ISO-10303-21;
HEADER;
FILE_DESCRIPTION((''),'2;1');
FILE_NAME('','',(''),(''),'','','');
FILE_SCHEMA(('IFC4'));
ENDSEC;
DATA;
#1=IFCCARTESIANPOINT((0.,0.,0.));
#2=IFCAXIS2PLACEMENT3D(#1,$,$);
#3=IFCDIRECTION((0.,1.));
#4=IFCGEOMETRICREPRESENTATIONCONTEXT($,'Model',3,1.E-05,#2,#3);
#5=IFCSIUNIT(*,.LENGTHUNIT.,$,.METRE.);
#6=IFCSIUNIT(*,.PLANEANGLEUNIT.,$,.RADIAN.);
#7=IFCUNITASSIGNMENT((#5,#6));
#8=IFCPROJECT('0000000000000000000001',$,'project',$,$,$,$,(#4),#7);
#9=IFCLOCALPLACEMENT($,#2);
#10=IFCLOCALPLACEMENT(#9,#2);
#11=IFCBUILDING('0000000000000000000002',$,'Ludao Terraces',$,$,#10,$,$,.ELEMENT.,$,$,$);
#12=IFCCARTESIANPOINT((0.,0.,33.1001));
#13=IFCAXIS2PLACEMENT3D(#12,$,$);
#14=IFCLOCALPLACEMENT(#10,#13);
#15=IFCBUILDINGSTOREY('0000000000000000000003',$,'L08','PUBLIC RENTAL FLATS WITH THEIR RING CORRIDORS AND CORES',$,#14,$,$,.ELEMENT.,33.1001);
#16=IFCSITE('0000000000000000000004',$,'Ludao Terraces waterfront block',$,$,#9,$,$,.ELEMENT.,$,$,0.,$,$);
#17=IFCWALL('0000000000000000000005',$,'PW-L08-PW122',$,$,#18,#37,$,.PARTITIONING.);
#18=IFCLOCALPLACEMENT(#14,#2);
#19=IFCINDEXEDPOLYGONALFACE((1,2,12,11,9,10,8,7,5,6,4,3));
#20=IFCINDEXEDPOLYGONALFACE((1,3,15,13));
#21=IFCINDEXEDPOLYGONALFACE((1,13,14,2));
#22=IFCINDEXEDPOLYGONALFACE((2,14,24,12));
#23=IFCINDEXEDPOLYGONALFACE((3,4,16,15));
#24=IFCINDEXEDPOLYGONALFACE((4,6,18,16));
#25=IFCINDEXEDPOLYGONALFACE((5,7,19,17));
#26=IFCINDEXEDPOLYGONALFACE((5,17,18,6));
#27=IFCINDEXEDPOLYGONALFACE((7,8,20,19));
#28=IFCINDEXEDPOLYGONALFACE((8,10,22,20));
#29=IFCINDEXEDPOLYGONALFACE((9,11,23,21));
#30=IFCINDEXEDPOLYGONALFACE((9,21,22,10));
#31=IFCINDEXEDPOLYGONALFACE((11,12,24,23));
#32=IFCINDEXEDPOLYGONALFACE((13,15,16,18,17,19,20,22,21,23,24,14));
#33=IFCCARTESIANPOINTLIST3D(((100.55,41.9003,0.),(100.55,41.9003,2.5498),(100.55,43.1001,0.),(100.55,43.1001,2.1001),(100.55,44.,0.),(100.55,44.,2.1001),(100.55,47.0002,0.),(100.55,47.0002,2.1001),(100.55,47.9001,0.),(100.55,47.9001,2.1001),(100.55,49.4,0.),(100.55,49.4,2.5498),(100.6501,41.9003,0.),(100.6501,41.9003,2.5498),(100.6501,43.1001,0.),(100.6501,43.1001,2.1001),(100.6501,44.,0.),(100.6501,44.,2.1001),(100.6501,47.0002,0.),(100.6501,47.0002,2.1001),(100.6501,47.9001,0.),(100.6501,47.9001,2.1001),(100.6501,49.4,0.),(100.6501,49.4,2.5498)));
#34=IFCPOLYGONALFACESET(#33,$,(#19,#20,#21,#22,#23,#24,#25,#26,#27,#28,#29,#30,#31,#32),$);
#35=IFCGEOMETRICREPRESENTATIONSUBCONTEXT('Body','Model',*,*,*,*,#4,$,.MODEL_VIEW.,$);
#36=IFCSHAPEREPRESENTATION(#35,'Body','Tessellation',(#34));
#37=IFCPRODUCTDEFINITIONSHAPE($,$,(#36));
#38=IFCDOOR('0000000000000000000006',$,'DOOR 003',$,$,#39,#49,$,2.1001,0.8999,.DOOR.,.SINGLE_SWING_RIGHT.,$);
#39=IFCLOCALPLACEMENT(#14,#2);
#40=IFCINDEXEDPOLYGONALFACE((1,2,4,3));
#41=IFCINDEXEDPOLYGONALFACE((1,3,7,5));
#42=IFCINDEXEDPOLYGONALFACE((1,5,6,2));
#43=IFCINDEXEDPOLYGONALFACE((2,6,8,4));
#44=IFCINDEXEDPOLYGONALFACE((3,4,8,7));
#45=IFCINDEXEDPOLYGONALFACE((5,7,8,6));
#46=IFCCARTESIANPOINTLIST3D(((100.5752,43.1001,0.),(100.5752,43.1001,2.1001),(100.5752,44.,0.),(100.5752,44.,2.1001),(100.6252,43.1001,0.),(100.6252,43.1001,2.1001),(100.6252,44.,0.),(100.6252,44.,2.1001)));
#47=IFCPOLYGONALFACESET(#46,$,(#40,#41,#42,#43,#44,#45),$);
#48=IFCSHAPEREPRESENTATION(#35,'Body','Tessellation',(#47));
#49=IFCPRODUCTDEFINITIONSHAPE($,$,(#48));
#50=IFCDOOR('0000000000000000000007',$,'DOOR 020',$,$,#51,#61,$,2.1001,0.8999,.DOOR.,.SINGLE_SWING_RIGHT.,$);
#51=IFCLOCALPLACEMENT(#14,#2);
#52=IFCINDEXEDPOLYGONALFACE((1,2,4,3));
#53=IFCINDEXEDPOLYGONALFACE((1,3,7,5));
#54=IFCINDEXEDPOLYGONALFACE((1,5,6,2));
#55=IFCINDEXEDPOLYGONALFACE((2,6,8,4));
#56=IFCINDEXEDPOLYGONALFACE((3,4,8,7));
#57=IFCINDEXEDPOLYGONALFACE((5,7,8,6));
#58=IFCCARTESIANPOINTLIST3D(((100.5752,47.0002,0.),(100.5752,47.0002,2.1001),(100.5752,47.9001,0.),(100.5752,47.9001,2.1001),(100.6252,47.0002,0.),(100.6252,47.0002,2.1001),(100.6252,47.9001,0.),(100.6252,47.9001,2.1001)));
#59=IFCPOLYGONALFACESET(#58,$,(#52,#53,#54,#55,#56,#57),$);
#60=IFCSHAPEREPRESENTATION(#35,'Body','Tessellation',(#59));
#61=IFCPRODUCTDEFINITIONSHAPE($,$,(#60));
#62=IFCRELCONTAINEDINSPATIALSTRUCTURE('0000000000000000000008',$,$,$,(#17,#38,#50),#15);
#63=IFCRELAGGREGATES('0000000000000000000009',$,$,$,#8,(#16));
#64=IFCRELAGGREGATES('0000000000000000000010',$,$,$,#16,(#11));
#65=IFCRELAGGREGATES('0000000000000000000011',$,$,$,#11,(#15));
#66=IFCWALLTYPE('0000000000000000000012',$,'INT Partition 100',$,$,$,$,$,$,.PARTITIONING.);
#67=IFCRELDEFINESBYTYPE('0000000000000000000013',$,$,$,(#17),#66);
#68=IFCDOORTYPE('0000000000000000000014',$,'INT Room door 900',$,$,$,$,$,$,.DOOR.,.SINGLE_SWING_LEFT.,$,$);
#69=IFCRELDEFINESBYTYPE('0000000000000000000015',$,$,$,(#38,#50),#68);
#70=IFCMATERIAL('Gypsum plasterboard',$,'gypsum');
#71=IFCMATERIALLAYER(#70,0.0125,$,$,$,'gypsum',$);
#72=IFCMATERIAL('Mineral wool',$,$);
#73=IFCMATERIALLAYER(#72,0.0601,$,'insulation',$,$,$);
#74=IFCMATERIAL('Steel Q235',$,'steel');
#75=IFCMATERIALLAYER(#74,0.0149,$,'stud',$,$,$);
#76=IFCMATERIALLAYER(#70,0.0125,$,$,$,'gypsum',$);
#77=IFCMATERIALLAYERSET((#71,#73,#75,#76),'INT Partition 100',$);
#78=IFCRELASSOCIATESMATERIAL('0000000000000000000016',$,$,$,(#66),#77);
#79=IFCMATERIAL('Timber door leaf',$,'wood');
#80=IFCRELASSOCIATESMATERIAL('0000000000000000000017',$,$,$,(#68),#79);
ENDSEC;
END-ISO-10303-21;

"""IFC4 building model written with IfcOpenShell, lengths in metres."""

from ifc_helpers import new_model, si_unit, direction, frame, frame_2d, origin, place, context, subcontext, project, spatial, rectangle, extrude, material, layer, layer_set, type_object, element, fill, save


model = new_model("IFC4")

# Units and contexts
model_context = context("Model", 3, precision=1e-05, world=origin(), true_north=direction((0.0, 1.0)))
body_context = subcontext(model_context, "Body", "Model", "MODEL_VIEW")
ifc_project = project(units=[si_unit("LENGTHUNIT", "METRE"), si_unit("PLANEANGLEUNIT", "RADIAN")], contexts=[model_context])

# Site, building, storey
site_placement = place(None, origin())
site = spatial("IfcSite", under=ifc_project, at=site_placement, Name="Ludao Terraces waterfront block", CompositionType="ELEMENT", RefElevation=0.0)
building_placement = place(site_placement, origin())
building = spatial("IfcBuilding", under=site, at=building_placement, Name="Ludao Terraces", CompositionType="ELEMENT")
storey_placement = place(building_placement, frame((0.0, 0.0, 33.1001)))
storey = spatial("IfcBuildingStorey", under=building, at=storey_placement, Name="L08", Description="PUBLIC RENTAL FLATS WITH THEIR RING CORRIDORS AND CORES", CompositionType="ELEMENT", Elevation=33.1001)

# Shared definitions
ifc_material_1 = material(Name="Gypsum plasterboard", Category="gypsum")
ifc_layer_1 = layer(ifc_material_1, 0.0125, Category="gypsum")
ifc_material_2 = material(Name="Mineral wool")
ifc_layer_2 = layer(ifc_material_2, 0.0601, Name="insulation")
ifc_material_3 = material(Name="Steel Q235", Category="steel")
ifc_layer_3 = layer(ifc_material_3, 0.0149, Name="stud")
ifc_layer_4 = layer(ifc_material_1, 0.0125, Category="gypsum")
ifc_layer_set = layer_set([ifc_layer_1, ifc_layer_2, ifc_layer_3, ifc_layer_4], Name="INT Partition 100")
wall_type = type_object("IfcWallType", Name="INT Partition 100", PredefinedType="PARTITIONING", material=ifc_layer_set)

# Wall, openings, doors
ifc_material_4 = material(Name="Timber door leaf", Category="wood")
wall_1_placement = place(storey_placement, frame((100.6001, 41.9001, 0.0), z_axis=(0.0, 0.0, 1.0), x_axis=(0.0, 1.0, 0.0)))
wall_1 = element("IfcWall", 1, at=wall_1_placement, inside=storey, type_object=wall_type, Name="PW-L08-PW122", PredefinedType="PARTITIONING", context=body_context, shape_type="SweptSolid", body=[
    extrude(rectangle(XDim=7.4998, YDim=0.1001, at=frame_2d((3.75, 0.0))), origin(), (0.0, 0.0, 1.0), 2.5498),
])
opening_1_placement = place(wall_1_placement, frame((1.2, 0.0, 0.0)))
opening_1 = element("IfcOpeningElement", 2, at=opening_1_placement, cuts=wall_1, PredefinedType="OPENING", context=body_context, shape_type="SweptSolid", body=[
    extrude(rectangle(XDim=0.8999, YDim=2.1001, at=frame_2d((0.45, 1.05))), frame((0.0, 0.0601, 0.0), z_axis=(0.0, -1.0, 0.0), x_axis=(1.0, 0.0, 0.0)), (0.0, 0.0, 1.0), 0.1201),
])
opening_2_placement = place(wall_1_placement, frame((5.1001, 0.0, 0.0)))
opening_2 = element("IfcOpeningElement", 3, at=opening_2_placement, cuts=wall_1, PredefinedType="OPENING", context=body_context, shape_type="SweptSolid", body=[
    extrude(rectangle(XDim=0.8999, YDim=2.1001, at=frame_2d((0.45, 1.05))), frame((0.0, 0.0601, 0.0), z_axis=(0.0, -1.0, 0.0), x_axis=(1.0, 0.0, 0.0)), (0.0, 0.0, 1.0), 0.1201),
])
door_type_1 = type_object("IfcDoorType", Name="INT Room door 900", OperationType="SINGLE_SWING_LEFT", PredefinedType="DOOR", material=ifc_material_4)
door_1_placement = place(opening_1_placement, origin())
door_1 = element("IfcDoor", 4, at=door_1_placement, inside=storey, type_object=door_type_1, Name="DOOR 003", OperationType="SINGLE_SWING_RIGHT", OverallHeight=2.1001, OverallWidth=0.8999, PredefinedType="DOOR", context=body_context, shape_type="SweptSolid", body=[
    extrude(rectangle(XDim=0.8999, YDim=2.1001, at=frame_2d((0.45, 1.05))), frame((0.0, 0.0249, 0.0), z_axis=(0.0, -1.0, 0.0), x_axis=(1.0, 0.0, 0.0)), (0.0, 0.0, 1.0), 0.05),
])
fill(opening_1, door_1)
door_2_placement = place(opening_2_placement, origin())
door_2 = element("IfcDoor", 5, at=door_2_placement, inside=storey, type_object=door_type_1, Name="DOOR 020", OperationType="SINGLE_SWING_RIGHT", OverallHeight=2.1001, OverallWidth=0.8999, PredefinedType="DOOR", context=body_context, shape_type="SweptSolid", body=[
    extrude(rectangle(XDim=0.8999, YDim=2.1001, at=frame_2d((0.45, 1.05))), frame((0.0, 0.0249, 0.0), z_axis=(0.0, -1.0, 0.0), x_axis=(1.0, 0.0, 0.0)), (0.0, 0.0, 1.0), 0.05),
])
fill(opening_2, door_2)

save(model, "model.ifc")
